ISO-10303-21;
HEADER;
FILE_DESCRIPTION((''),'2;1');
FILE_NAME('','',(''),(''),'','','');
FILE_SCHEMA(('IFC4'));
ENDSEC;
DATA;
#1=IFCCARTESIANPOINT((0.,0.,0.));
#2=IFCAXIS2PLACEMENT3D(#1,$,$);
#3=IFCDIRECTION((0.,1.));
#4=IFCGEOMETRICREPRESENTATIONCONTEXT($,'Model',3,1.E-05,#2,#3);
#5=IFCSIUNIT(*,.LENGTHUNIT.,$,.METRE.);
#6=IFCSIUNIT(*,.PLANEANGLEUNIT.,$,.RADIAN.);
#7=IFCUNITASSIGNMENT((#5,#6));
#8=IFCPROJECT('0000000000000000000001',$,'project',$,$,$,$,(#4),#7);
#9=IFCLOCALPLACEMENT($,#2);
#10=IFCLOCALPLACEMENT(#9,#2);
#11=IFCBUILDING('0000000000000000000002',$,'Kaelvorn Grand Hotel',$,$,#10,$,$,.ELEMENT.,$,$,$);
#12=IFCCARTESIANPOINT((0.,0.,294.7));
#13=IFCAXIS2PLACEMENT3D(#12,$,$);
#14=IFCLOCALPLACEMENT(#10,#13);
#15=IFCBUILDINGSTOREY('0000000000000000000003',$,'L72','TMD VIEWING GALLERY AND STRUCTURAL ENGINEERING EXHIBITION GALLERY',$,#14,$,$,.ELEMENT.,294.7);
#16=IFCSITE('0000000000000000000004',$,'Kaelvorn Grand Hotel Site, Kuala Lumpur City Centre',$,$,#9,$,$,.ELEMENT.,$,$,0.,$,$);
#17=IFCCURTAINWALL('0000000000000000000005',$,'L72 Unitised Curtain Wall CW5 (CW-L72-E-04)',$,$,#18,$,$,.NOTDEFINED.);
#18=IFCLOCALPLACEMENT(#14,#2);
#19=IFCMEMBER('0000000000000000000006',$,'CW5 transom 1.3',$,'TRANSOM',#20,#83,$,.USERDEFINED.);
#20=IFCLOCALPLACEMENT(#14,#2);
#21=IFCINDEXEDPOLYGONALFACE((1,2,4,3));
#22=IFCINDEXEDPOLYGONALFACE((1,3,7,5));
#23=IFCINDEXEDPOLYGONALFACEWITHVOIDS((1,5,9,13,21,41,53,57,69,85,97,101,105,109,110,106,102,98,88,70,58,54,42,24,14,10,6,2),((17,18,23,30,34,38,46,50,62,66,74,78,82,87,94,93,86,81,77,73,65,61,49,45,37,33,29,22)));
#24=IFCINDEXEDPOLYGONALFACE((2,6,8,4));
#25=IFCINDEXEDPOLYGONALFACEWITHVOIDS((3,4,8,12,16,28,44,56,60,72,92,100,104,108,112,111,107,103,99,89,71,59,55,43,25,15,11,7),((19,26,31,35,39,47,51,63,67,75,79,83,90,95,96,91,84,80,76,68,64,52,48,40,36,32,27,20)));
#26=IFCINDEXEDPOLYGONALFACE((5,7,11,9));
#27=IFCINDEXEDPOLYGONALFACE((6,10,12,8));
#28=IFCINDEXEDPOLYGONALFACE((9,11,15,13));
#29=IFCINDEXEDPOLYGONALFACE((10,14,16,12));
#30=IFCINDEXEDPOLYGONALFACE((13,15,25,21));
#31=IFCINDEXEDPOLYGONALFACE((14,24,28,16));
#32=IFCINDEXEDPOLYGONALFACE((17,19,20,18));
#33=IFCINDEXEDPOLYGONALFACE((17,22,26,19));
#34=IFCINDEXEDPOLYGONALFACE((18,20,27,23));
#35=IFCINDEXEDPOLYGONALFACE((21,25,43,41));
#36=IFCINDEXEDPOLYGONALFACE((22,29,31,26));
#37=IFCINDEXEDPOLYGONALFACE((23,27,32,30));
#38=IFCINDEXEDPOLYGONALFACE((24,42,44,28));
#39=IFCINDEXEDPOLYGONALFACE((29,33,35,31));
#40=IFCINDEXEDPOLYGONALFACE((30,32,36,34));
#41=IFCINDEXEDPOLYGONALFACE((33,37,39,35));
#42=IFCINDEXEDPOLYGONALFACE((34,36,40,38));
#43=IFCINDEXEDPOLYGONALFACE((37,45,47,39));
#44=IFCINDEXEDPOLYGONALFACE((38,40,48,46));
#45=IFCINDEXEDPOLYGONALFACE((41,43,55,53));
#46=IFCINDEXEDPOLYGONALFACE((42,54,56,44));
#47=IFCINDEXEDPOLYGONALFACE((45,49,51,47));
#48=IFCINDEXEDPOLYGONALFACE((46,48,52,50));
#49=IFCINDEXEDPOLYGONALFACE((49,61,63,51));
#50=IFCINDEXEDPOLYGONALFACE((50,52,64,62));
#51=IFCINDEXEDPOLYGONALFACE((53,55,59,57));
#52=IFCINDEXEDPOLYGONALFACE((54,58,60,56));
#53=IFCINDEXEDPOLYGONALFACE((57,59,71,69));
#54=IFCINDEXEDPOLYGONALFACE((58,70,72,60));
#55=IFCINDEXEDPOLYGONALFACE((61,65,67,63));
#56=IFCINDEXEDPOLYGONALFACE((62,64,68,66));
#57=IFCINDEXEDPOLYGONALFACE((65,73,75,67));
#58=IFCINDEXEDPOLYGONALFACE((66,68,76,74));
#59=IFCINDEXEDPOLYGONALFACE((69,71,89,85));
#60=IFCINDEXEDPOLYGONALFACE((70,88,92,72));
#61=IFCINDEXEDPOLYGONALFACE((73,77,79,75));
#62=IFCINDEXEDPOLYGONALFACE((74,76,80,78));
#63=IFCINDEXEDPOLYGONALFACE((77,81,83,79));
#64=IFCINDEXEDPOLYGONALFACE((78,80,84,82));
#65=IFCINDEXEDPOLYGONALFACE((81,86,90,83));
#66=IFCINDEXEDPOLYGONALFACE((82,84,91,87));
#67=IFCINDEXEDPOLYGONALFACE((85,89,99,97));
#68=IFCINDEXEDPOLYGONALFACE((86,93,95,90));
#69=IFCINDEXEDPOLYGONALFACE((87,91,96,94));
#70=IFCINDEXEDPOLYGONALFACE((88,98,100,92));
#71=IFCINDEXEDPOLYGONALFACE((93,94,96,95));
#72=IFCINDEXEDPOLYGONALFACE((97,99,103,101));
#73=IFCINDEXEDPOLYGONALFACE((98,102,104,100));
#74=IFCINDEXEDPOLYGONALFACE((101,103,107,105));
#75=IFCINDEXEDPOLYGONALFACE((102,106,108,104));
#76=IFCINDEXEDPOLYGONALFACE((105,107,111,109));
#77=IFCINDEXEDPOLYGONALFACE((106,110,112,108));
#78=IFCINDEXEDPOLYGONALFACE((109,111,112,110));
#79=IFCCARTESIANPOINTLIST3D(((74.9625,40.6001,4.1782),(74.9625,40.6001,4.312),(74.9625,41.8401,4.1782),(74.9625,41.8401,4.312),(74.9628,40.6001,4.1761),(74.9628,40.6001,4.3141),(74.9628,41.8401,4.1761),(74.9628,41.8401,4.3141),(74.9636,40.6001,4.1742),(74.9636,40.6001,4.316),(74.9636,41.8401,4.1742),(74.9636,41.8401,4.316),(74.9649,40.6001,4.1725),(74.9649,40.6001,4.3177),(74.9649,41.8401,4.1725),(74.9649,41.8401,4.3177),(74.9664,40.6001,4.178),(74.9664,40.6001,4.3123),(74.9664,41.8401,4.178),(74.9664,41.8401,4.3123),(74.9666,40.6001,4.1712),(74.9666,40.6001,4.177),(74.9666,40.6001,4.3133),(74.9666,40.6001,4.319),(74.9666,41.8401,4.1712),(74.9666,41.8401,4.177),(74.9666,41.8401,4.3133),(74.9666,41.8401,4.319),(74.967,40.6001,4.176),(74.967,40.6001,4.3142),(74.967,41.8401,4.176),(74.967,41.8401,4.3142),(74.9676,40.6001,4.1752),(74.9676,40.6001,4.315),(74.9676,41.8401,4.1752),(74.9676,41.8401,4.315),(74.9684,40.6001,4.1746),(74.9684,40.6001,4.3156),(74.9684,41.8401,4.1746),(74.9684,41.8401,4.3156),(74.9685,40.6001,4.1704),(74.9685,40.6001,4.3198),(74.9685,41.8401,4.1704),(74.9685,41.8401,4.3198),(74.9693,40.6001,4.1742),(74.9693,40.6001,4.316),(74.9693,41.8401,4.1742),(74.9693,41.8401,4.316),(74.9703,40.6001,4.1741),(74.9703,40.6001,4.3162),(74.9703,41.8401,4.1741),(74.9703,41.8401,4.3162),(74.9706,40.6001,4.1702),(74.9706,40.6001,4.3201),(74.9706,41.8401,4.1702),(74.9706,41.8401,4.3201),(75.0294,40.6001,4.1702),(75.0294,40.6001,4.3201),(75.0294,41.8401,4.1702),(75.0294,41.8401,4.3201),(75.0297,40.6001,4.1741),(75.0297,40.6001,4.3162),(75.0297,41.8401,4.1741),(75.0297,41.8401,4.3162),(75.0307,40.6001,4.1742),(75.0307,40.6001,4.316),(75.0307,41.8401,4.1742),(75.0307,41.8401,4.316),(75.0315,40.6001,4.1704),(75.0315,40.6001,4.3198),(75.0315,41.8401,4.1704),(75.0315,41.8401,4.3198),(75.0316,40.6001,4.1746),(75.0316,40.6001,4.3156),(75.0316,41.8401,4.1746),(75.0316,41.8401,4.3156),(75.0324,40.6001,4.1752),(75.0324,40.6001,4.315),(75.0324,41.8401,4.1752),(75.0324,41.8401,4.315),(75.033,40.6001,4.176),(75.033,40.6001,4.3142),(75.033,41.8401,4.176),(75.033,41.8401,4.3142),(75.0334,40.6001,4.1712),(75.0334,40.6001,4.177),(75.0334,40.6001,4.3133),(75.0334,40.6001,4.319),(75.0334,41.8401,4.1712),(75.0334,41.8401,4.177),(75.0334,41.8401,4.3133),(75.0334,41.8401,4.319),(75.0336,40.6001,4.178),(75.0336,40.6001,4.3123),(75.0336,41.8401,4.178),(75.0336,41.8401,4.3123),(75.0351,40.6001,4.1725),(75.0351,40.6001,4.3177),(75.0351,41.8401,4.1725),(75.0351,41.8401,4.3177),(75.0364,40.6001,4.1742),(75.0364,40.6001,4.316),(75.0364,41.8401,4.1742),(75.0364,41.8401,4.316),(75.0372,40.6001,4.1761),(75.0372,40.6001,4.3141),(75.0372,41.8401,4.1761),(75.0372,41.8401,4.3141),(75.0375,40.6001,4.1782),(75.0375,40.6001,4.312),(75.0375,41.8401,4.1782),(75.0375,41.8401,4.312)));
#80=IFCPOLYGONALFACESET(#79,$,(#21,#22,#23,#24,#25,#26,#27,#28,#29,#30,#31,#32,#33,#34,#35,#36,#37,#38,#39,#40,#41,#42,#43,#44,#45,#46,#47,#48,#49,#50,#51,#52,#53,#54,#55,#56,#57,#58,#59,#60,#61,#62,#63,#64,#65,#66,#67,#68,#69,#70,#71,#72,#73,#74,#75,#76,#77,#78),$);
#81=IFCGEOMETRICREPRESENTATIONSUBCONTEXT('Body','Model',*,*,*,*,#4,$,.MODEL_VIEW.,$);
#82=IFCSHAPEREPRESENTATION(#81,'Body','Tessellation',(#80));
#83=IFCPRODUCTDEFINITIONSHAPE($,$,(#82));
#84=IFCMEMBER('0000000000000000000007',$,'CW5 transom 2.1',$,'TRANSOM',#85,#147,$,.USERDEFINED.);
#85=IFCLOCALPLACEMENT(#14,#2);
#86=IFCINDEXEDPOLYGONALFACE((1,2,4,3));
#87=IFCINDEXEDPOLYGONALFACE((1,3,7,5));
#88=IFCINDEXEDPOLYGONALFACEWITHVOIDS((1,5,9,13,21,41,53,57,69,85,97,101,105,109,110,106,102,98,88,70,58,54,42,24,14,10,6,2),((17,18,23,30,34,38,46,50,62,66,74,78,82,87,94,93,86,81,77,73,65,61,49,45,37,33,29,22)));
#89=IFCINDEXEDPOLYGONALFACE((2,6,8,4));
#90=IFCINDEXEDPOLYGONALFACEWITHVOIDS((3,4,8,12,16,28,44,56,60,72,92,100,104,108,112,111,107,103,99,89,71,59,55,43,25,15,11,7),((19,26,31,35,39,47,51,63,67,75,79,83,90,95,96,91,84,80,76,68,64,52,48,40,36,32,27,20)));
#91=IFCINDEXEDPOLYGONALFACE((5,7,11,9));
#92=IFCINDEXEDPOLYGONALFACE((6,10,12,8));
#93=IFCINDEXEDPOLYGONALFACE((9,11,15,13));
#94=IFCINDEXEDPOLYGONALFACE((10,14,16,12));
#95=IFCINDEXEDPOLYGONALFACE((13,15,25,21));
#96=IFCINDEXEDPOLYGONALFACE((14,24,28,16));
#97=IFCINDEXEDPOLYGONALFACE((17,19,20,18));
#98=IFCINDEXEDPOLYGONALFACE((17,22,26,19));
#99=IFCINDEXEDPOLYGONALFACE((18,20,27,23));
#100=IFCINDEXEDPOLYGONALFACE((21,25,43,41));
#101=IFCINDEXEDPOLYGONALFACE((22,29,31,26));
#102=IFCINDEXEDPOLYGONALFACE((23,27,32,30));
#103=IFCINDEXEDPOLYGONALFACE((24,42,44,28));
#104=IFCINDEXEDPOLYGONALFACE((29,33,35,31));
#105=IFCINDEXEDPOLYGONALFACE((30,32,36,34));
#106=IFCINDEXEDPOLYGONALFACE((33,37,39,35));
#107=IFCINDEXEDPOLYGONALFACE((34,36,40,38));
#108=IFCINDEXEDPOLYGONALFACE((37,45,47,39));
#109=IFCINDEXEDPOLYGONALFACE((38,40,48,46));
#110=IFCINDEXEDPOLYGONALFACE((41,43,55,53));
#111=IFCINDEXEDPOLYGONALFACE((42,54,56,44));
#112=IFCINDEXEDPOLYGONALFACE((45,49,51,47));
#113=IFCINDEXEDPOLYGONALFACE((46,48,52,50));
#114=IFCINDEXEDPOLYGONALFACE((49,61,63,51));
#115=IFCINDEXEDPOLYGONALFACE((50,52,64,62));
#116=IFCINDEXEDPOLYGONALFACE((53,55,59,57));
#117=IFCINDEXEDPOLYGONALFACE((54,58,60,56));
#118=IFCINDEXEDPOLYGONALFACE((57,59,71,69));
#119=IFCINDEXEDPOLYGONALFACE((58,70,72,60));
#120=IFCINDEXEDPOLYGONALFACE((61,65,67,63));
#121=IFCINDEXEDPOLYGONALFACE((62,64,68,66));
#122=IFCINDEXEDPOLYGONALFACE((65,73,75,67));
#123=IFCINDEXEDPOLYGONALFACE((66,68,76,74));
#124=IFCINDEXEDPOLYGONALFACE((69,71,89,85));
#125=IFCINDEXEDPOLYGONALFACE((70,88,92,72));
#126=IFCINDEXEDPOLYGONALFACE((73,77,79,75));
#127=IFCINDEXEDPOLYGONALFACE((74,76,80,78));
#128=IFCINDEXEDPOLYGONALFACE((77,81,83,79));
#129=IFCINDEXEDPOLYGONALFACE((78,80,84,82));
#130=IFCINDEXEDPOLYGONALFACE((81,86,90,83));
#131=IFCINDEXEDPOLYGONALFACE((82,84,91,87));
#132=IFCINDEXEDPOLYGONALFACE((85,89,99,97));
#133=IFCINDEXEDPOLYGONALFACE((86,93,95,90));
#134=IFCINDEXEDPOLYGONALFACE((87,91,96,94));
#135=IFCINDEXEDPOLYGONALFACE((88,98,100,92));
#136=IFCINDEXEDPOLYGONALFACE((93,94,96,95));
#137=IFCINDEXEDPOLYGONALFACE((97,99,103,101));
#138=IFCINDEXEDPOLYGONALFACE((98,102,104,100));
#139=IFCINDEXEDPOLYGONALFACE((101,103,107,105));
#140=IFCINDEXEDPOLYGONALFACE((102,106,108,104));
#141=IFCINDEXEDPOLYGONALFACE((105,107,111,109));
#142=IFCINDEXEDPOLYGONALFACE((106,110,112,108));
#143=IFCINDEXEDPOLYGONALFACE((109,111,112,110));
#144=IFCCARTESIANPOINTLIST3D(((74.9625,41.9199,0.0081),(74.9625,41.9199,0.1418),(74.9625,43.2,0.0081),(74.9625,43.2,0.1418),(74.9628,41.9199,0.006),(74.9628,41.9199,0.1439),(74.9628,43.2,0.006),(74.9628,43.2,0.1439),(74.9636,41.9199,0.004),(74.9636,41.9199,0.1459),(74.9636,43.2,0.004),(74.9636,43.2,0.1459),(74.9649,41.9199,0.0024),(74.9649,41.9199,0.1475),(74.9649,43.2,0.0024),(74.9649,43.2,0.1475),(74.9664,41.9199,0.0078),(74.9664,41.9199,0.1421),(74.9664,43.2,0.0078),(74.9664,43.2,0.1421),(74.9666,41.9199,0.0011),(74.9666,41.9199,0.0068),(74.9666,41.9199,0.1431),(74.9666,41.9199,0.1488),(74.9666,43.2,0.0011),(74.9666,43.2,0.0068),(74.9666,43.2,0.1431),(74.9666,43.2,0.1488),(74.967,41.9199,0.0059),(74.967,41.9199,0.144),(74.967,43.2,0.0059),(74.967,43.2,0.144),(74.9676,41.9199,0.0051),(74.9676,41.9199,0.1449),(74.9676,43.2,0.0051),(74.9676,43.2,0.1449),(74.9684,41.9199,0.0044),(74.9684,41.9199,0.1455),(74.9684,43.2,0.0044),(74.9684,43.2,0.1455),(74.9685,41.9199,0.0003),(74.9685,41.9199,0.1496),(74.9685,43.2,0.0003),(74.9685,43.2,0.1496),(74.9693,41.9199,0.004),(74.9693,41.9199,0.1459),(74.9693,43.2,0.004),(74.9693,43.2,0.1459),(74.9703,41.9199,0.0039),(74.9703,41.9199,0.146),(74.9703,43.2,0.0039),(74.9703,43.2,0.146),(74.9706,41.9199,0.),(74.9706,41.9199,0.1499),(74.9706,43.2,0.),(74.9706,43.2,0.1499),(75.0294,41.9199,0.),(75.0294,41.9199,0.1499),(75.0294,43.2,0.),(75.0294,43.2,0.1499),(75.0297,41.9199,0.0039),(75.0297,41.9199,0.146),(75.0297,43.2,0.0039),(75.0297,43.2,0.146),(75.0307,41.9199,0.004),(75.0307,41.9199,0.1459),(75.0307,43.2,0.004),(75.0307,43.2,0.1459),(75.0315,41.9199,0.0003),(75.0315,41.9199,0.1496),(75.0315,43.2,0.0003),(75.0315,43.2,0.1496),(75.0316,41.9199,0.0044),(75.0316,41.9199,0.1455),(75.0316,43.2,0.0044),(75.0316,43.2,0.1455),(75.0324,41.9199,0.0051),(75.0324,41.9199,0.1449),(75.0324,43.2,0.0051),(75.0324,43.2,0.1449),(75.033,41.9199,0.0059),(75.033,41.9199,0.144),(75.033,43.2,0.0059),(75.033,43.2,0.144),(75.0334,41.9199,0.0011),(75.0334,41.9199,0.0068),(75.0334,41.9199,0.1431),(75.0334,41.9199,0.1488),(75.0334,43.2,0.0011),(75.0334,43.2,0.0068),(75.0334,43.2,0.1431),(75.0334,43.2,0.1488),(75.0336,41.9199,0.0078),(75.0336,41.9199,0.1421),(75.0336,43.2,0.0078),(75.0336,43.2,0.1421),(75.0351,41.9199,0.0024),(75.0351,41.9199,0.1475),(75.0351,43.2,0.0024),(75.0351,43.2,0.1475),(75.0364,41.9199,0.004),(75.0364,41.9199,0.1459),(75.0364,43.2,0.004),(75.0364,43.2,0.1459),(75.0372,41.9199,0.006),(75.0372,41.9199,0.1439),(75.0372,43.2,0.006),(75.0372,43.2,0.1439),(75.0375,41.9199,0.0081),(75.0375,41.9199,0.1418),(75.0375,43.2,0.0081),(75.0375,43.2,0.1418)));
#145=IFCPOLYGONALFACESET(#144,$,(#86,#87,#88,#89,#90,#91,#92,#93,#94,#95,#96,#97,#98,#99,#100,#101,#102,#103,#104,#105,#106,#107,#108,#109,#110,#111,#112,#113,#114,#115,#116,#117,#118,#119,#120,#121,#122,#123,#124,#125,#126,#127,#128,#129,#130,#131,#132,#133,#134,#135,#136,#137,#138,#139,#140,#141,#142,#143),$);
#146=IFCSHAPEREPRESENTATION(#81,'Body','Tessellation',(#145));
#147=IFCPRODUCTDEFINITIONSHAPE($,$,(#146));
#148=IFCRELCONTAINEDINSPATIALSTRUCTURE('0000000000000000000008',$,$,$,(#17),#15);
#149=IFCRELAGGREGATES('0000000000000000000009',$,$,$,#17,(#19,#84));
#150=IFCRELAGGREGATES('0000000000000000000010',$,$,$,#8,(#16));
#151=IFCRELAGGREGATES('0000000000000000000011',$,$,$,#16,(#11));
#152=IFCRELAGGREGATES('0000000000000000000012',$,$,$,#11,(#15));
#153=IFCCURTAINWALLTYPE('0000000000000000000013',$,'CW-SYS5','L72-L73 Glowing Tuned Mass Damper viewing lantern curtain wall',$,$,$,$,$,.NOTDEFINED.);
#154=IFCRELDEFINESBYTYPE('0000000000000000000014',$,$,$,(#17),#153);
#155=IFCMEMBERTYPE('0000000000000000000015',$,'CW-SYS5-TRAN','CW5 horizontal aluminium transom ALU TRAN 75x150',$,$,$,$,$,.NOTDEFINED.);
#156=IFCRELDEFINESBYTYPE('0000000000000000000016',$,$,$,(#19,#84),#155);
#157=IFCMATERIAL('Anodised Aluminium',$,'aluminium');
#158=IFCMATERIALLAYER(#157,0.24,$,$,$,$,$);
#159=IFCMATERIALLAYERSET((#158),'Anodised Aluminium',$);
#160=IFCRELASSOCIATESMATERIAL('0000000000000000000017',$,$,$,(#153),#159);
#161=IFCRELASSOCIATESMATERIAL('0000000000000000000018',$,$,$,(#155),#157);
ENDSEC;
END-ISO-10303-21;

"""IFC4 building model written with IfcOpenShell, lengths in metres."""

from ifc_helpers import new_model, si_unit, direction, frame, origin, origin_2d, place, context, subcontext, project, spatial, hollow_rectangle, extrude, material, layer, layer_set, material_profile, profile_set, type_object, element, aggregate, save


model = new_model("IFC4")

# Units and contexts
model_context = context("Model", 3, precision=1e-05, world=origin(), true_north=direction((0.0, 1.0)))
body_context = subcontext(model_context, "Body", "Model", "MODEL_VIEW")
ifc_project = project(units=[si_unit("LENGTHUNIT", "METRE"), si_unit("PLANEANGLEUNIT", "RADIAN")], contexts=[model_context])

# Site, building, storey
site_placement = place(None, origin())
site = spatial("IfcSite", under=ifc_project, at=site_placement, Name="Kaelvorn Grand Hotel Site, Kuala Lumpur City Centre", CompositionType="ELEMENT", RefElevation=0.0)
building_placement = place(site_placement, origin())
building = spatial("IfcBuilding", under=site, at=building_placement, Name="Kaelvorn Grand Hotel", CompositionType="ELEMENT")
storey_placement = place(building_placement, frame((0.0, 0.0, 294.7)))
storey = spatial("IfcBuildingStorey", under=building, at=storey_placement, Name="L72", Description="TMD VIEWING GALLERY AND STRUCTURAL ENGINEERING EXHIBITION GALLERY", CompositionType="ELEMENT", Elevation=294.7)

# Curtain wall, members
ifc_material_1 = material(Name="Anodised Aluminium", Category="aluminium")
ifc_layer_1 = layer(ifc_material_1, 0.24)
ifc_layer_set_1 = layer_set([ifc_layer_1], Name="Anodised Aluminium")
curtain_wall_type = type_object("IfcCurtainWallType", Name="CW-SYS5", Description="L72-L73 Glowing Tuned Mass Damper viewing lantern curtain wall", PredefinedType="NOTDEFINED", material=ifc_layer_set_1)
curtain_wall_placement = place(storey_placement, origin())
curtain_wall = element("IfcCurtainWall", 1, at=curtain_wall_placement, inside=storey, type_object=curtain_wall_type, Name="L72 Unitised Curtain Wall CW5 (CW-L72-E-04)", PredefinedType="NOTDEFINED")
ifc_material_profile_1 = material_profile(ifc_material_1, hollow_rectangle(XDim=0.075, YDim=0.1499, WallThickness=0.0039, InnerFilletRadius=0.0039, OuterFilletRadius=0.0081, at=origin_2d()), Name="ALU TRAN 75x150")
ifc_profile_set_1 = profile_set([ifc_material_profile_1], Name="Anodised Aluminium")
member_type_1 = type_object("IfcMemberType", Name="CW-SYS5-TRAN", Description="CW5 horizontal aluminium transom ALU TRAN 75x150", PredefinedType="NOTDEFINED", material=ifc_profile_set_1)
member_1_placement = place(storey_placement, frame((75.0, 40.6001, 4.2451), z_axis=(0.0, 1.0, 0.0), x_axis=(-1.0, 0.0, 0.0)))
member_1 = element("IfcMember", 2, at=member_1_placement, type_object=member_type_1, Name="CW5 transom 1.3", ObjectType="TRANSOM", PredefinedType="USERDEFINED", context=body_context, shape_type="SweptSolid", body=[
    extrude(hollow_rectangle(XDim=0.075, YDim=0.1499, WallThickness=0.0039, InnerFilletRadius=0.0039, OuterFilletRadius=0.0081, at=origin_2d()), origin(), (0.0, 0.0, 1.0), 1.24),
])
member_2_placement = place(storey_placement, frame((75.0, 41.9199, 0.075), z_axis=(0.0, 1.0, 0.0), x_axis=(-1.0, 0.0, 0.0)))
member_2 = element("IfcMember", 3, at=member_2_placement, type_object=member_type_1, Name="CW5 transom 2.1", ObjectType="TRANSOM", PredefinedType="USERDEFINED", context=body_context, shape_type="SweptSolid", body=[
    extrude(hollow_rectangle(XDim=0.075, YDim=0.1499, WallThickness=0.0039, InnerFilletRadius=0.0039, OuterFilletRadius=0.0081, at=origin_2d()), origin(), (0.0, 0.0, 1.0), 1.28),
])
aggregate(curtain_wall, [member_1, member_2])

save(model, "model.ifc")
